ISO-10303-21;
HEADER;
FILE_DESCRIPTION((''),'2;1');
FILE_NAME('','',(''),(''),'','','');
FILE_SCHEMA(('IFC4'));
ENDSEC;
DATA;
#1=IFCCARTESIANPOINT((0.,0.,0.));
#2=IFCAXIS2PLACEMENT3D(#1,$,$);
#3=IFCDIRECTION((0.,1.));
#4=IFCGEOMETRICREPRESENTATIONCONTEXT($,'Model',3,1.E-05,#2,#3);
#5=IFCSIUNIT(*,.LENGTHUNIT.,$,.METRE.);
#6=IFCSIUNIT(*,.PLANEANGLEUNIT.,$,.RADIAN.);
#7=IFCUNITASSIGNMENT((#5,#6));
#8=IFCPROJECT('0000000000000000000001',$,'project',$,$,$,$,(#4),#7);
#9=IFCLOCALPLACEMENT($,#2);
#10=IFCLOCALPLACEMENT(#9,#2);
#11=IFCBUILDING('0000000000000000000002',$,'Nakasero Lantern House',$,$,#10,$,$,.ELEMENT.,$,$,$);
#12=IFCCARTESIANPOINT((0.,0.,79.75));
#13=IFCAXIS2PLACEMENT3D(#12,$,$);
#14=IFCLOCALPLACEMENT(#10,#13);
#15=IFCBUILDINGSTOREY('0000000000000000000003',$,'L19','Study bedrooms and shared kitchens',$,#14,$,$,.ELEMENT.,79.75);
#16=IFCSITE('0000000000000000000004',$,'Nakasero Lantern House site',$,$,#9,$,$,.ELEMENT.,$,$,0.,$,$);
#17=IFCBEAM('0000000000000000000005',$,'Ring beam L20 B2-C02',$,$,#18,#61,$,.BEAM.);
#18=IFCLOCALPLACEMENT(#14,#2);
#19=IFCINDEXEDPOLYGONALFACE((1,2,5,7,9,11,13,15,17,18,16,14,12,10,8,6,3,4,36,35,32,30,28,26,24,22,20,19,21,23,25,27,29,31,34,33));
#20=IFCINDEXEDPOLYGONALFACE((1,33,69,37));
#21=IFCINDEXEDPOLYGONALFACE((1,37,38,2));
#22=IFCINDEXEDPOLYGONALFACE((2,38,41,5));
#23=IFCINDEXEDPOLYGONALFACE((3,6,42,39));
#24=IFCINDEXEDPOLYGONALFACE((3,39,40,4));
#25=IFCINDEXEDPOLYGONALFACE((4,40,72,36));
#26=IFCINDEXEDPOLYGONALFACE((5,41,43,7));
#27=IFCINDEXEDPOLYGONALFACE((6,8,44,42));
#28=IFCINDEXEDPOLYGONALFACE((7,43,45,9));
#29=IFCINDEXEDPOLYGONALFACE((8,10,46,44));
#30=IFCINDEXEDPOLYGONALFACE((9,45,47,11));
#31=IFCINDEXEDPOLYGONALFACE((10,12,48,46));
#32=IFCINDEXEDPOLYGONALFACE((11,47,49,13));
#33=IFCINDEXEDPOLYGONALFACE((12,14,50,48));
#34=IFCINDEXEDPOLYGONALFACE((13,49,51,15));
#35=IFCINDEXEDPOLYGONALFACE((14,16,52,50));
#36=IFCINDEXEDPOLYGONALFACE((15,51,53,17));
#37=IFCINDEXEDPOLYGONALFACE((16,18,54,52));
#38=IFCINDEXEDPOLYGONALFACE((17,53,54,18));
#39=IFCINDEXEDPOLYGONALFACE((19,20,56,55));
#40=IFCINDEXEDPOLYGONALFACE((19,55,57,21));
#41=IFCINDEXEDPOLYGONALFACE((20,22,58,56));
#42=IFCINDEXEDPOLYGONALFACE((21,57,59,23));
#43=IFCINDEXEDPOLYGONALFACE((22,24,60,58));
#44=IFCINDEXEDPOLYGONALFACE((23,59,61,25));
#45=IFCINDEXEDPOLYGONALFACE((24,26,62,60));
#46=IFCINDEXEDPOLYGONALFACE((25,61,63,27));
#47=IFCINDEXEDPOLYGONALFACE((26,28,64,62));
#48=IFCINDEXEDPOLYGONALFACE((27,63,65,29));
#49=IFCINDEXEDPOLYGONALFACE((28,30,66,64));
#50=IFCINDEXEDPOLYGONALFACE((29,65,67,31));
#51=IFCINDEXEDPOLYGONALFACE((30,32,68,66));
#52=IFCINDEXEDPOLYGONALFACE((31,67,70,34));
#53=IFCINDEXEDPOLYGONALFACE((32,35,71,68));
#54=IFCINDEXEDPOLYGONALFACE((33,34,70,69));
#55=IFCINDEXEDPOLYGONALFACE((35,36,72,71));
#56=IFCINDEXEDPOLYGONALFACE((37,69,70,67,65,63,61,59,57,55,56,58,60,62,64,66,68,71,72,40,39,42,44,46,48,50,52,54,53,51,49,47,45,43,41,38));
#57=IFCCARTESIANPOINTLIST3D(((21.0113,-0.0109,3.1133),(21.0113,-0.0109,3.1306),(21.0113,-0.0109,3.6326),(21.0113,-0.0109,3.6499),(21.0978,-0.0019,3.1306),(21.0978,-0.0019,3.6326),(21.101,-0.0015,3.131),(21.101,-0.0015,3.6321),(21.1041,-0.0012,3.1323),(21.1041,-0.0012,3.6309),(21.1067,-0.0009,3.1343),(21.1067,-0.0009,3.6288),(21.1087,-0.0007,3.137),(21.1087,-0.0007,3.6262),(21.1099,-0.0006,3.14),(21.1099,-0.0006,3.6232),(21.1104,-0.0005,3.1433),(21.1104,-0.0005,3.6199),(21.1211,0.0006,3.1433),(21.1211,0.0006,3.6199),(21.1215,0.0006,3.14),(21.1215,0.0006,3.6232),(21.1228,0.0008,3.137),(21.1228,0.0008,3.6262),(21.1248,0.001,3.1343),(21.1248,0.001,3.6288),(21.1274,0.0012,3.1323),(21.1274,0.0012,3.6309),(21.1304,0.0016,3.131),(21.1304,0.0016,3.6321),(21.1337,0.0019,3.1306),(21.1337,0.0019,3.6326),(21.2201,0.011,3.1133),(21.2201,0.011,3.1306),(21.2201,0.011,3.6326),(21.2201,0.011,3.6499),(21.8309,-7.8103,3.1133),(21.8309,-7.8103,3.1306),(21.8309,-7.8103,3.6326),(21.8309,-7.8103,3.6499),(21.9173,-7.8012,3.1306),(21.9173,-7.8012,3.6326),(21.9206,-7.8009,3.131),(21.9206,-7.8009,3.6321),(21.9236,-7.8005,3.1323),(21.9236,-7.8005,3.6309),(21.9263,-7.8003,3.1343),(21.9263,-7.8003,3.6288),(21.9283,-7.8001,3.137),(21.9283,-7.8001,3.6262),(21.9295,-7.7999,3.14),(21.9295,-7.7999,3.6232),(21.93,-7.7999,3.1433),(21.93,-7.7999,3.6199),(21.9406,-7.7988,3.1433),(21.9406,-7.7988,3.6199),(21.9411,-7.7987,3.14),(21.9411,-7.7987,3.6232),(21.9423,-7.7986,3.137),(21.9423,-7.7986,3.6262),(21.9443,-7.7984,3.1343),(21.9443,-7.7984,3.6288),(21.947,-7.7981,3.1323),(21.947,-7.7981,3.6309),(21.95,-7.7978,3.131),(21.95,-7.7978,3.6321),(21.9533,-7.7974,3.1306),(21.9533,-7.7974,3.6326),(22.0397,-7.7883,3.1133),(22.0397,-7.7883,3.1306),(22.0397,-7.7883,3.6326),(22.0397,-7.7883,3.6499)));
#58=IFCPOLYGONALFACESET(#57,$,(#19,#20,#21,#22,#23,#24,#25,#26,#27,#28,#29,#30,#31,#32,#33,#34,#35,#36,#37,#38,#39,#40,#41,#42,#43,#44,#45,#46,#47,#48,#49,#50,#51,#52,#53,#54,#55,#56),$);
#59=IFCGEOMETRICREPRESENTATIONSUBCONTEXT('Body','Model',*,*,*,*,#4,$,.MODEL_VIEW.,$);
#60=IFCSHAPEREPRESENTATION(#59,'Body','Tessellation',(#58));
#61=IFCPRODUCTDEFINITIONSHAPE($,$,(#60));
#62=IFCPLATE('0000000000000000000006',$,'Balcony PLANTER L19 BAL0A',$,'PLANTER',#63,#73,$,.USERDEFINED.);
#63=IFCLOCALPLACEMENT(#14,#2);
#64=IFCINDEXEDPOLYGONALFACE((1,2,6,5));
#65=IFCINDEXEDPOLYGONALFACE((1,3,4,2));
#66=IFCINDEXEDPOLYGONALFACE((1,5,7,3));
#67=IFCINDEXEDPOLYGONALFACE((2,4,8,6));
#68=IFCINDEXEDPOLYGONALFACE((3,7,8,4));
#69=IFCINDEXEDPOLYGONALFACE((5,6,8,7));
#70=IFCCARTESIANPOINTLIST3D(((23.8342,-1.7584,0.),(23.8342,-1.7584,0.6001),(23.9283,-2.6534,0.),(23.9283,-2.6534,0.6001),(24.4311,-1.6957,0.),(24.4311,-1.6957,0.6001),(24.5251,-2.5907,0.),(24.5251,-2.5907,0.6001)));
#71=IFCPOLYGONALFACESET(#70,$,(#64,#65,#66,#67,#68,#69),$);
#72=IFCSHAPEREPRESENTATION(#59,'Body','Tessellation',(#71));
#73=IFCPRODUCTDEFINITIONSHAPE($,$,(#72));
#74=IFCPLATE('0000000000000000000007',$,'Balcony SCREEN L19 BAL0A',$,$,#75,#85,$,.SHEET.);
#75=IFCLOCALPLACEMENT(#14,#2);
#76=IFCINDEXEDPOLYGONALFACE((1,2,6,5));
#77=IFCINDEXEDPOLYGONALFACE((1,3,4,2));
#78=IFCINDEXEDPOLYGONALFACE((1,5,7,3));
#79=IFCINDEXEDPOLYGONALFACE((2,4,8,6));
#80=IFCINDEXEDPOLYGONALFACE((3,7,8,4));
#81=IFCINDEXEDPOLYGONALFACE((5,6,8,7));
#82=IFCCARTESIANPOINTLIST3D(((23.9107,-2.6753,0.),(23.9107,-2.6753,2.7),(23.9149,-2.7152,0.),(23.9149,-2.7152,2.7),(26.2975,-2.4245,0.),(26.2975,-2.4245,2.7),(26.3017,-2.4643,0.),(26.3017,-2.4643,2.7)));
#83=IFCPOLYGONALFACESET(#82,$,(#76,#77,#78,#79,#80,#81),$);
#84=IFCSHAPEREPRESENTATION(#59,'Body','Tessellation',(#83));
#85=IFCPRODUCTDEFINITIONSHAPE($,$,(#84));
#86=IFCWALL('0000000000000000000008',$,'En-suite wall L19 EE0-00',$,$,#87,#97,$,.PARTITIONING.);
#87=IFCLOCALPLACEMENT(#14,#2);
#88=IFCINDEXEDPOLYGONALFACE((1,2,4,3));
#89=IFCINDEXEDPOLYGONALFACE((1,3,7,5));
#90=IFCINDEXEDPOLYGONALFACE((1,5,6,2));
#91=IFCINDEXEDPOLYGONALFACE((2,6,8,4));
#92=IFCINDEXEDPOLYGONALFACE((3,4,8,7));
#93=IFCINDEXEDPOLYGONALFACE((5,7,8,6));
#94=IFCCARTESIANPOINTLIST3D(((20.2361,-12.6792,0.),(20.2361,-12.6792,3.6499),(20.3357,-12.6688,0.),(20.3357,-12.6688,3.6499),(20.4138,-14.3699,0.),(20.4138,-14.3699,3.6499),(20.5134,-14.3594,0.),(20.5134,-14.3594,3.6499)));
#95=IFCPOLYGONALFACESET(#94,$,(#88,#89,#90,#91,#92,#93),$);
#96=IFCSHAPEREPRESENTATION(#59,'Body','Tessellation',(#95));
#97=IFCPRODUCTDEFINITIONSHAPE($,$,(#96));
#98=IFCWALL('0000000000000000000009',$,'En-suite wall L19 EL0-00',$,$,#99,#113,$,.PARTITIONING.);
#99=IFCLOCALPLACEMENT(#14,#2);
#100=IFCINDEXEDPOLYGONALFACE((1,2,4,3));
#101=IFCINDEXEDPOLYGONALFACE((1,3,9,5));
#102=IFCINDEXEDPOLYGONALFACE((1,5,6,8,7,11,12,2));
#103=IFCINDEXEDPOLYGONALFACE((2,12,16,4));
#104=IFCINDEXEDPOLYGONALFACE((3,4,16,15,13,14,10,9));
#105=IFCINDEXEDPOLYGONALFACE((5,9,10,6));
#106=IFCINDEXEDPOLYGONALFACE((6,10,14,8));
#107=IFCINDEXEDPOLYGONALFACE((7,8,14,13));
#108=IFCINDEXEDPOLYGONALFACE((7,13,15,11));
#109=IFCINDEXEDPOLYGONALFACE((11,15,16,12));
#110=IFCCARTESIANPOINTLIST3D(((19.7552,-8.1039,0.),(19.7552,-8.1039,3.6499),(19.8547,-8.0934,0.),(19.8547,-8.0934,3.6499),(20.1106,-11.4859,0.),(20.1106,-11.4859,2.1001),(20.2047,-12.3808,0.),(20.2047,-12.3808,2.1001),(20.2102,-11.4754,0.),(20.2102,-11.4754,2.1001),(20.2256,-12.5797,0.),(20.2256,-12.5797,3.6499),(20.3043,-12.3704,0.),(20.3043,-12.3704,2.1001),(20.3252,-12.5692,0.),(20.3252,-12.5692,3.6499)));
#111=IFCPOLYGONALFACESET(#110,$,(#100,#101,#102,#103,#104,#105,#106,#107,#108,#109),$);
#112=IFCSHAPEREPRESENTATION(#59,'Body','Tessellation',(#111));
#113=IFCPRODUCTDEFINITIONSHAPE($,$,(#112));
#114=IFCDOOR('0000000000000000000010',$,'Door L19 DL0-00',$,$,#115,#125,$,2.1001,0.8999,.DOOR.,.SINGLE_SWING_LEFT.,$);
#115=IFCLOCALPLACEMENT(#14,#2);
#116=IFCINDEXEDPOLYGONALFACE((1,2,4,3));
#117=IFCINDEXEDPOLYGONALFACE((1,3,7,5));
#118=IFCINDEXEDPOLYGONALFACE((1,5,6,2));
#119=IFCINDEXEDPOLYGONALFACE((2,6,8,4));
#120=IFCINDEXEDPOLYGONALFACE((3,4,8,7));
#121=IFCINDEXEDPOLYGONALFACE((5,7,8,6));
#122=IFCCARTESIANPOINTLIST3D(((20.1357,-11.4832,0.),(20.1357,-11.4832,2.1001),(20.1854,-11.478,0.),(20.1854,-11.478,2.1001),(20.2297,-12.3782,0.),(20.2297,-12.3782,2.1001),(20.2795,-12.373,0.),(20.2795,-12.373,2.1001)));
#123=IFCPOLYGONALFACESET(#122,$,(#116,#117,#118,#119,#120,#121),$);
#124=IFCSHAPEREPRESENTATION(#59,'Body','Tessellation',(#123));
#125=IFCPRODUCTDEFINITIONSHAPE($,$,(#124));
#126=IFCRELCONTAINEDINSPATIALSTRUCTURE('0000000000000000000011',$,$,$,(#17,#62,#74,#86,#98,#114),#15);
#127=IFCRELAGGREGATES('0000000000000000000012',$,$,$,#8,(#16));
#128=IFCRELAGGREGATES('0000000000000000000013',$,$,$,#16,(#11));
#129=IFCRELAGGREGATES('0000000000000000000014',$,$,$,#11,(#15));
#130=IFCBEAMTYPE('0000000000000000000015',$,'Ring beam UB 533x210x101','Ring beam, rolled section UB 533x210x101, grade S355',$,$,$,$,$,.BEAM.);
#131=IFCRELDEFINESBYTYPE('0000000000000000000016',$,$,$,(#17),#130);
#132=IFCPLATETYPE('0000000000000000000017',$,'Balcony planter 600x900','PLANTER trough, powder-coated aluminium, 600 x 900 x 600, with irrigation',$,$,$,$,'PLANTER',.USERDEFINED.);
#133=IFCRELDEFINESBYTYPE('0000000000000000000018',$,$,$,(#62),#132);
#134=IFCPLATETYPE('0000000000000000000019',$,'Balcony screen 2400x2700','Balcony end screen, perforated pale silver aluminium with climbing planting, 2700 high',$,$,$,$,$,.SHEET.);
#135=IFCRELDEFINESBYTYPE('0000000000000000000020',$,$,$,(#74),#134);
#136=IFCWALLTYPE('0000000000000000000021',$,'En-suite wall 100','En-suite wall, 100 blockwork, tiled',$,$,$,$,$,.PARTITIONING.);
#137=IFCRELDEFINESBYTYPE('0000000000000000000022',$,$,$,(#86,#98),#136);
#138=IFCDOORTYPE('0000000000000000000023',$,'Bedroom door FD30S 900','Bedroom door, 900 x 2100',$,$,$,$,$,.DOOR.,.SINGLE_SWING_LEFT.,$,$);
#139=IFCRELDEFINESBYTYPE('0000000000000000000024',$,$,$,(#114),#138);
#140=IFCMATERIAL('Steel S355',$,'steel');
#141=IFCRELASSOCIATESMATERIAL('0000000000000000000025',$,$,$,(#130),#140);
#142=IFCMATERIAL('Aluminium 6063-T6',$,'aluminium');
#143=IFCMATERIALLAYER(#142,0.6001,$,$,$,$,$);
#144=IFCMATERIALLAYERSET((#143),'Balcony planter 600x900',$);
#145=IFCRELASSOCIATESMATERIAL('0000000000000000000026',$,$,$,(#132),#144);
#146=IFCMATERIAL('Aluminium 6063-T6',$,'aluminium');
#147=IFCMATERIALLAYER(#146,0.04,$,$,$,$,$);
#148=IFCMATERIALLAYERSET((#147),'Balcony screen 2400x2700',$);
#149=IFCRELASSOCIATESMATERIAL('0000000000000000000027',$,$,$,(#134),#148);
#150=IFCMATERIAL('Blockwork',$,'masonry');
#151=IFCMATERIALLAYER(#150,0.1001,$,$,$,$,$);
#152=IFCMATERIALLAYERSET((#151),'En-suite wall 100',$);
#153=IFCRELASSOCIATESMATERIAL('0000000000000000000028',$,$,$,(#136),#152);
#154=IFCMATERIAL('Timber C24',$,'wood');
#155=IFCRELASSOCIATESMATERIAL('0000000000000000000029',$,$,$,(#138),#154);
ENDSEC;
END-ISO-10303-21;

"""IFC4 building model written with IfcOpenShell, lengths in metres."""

from ifc_helpers import new_model, si_unit, direction, frame, frame_2d, origin, origin_2d, place, context, subcontext, project, spatial, rectangle, i_section, extrude, material, layer, layer_set, material_profile, profile_set, type_object, element, fill, save


model = new_model("IFC4")

# Units and contexts
model_context = context("Model", 3, precision=1e-05, world=origin(), true_north=direction((0.0, 1.0)))
body_context = subcontext(model_context, "Body", "Model", "MODEL_VIEW")
ifc_project = project(units=[si_unit("LENGTHUNIT", "METRE"), si_unit("PLANEANGLEUNIT", "RADIAN")], contexts=[model_context])

# Site, building, storey
site_placement = place(None, origin())
site = spatial("IfcSite", under=ifc_project, at=site_placement, Name="Nakasero Lantern House site", CompositionType="ELEMENT", RefElevation=0.0)
building_placement = place(site_placement, origin())
building = spatial("IfcBuilding", under=site, at=building_placement, Name="Nakasero Lantern House", CompositionType="ELEMENT")
storey_placement = place(building_placement, frame((0.0, 0.0, 79.75)))
storey = spatial("IfcBuildingStorey", under=building, at=storey_placement, Name="L19", Description="Study bedrooms and shared kitchens", CompositionType="ELEMENT", Elevation=79.75)

# Beam
ifc_material_1 = material(Name="Steel S355", Category="steel")
ifc_material_profile_1 = material_profile(ifc_material_1, i_section(OverallWidth=0.21, OverallDepth=0.5366, WebThickness=0.0107, FlangeThickness=0.0173, FilletRadius=0.0127, at=origin_2d()), Name="UB 533x210x101")
ifc_profile_set_1 = profile_set([ifc_material_profile_1], Name="Steel S355")
beam_type_1 = type_object("IfcBeamType", Name="Ring beam UB 533x210x101", Description="Ring beam, rolled section UB 533x210x101, grade S355", PredefinedType="BEAM", material=ifc_profile_set_1)
beam_1_placement = place(storey_placement, frame((21.9353, -7.7993, 3.3816), z_axis=(-0.104508, 0.994524, 0.0), x_axis=(-0.994524, -0.104508, 0.0)))
element("IfcBeam", 1, at=beam_1_placement, inside=storey, type_object=beam_type_1, Name="Ring beam L20 B2-C02", PredefinedType="BEAM", context=body_context, shape_type="SweptSolid", body=[
    extrude(i_section(OverallWidth=0.21, OverallDepth=0.5366, WebThickness=0.0107, FlangeThickness=0.0173, FilletRadius=0.0127, at=origin_2d()), origin(), (0.0, 0.0, 1.0), 7.8423),
])

# Plates
ifc_material_2 = material(Name="Aluminium 6063-T6", Category="aluminium")
ifc_layer_1 = layer(ifc_material_2, 0.6001)
ifc_layer_set_1 = layer_set([ifc_layer_1], Name="Balcony planter 600x900")
plate_type_1 = type_object("IfcPlateType", Name="Balcony planter 600x900", Description="PLANTER trough, powder-coated aluminium, 600 x 900 x 600, with irrigation", ElementType="PLANTER", PredefinedType="USERDEFINED", material=ifc_layer_set_1)
plate_1_placement = place(storey_placement, frame((24.1797, -2.1746, 0.0), z_axis=(0.0, 0.0, 1.0), x_axis=(0.994522, 0.104528, 0.0)))
element("IfcPlate", 2, at=plate_1_placement, inside=storey, type_object=plate_type_1, Name="Balcony PLANTER L19 BAL0A", ObjectType="PLANTER", PredefinedType="USERDEFINED", context=body_context, shape_type="SweptSolid", body=[
    extrude(rectangle(XDim=0.6001, YDim=0.8999, at=origin_2d()), origin(), (0.0, 0.0, 1.0), 0.6001),
])
ifc_material_3 = material(Name="Aluminium 6063-T6", Category="aluminium")
ifc_layer_2 = layer(ifc_material_3, 0.04)
ifc_layer_set_2 = layer_set([ifc_layer_2], Name="Balcony screen 2400x2700")
plate_type_2 = type_object("IfcPlateType", Name="Balcony screen 2400x2700", Description="Balcony end screen, perforated pale silver aluminium with climbing planting, 2700 high", PredefinedType="SHEET", material=ifc_layer_set_2)
plate_2_placement = place(storey_placement, frame((25.1062, -2.5698, 0.0), z_axis=(0.0, 0.0, 1.0), x_axis=(0.994522, 0.104528, 0.0)))
element("IfcPlate", 3, at=plate_2_placement, inside=storey, type_object=plate_type_2, Name="Balcony SCREEN L19 BAL0A", PredefinedType="SHEET", context=body_context, shape_type="SweptSolid", body=[
    extrude(rectangle(XDim=2.3999, YDim=0.04, at=origin_2d()), origin(), (0.0, 0.0, 1.0), 2.7),
])

# Wall
ifc_material_4 = material(Name="Blockwork", Category="masonry")
ifc_layer_3 = layer(ifc_material_4, 0.1001)
ifc_layer_set_3 = layer_set([ifc_layer_3], Name="En-suite wall 100")
wall_type_1 = type_object("IfcWallType", Name="En-suite wall 100", Description="En-suite wall, 100 blockwork, tiled", PredefinedType="PARTITIONING", material=ifc_layer_set_3)
wall_1_placement = place(storey_placement, frame((20.4636, -14.3647, 0.0), z_axis=(0.0, 0.0, 1.0), x_axis=(-0.10455, 0.99452, 0.0)))
element("IfcWall", 4, at=wall_1_placement, inside=storey, type_object=wall_type_1, Name="En-suite wall L19 EE0-00", PredefinedType="PARTITIONING", context=body_context, shape_type="SweptSolid", body=[
    extrude(rectangle(XDim=1.7, YDim=0.1001, at=frame_2d((0.8501, 0.0))), origin(), (0.0, 0.0, 1.0), 3.6499),
])

# Wall, opening, door
wall_2_placement = place(storey_placement, frame((20.2754, -12.5745, 0.0), z_axis=(0.0, 0.0, 1.0), x_axis=(-0.104535, 0.994521, 0.0)))
wall_2 = element("IfcWall", 5, at=wall_2_placement, inside=storey, type_object=wall_type_1, Name="En-suite wall L19 EL0-00", PredefinedType="PARTITIONING", context=body_context, shape_type="SweptSolid", body=[
    extrude(rectangle(XDim=4.5005, YDim=0.1001, at=frame_2d((2.2502, 0.0))), origin(), (0.0, 0.0, 1.0), 3.6499),
])
opening_1_placement = place(wall_2_placement, frame((0.2, 0.0, 0.0)))
opening_1 = element("IfcOpeningElement", 6, at=opening_1_placement, cuts=wall_2, PredefinedType="OPENING", context=body_context, shape_type="SweptSolid", body=[
    extrude(rectangle(XDim=0.8999, YDim=2.1001, at=frame_2d((0.45, 1.05))), frame((0.0, 0.0701, 0.0), z_axis=(0.0, -1.0, 0.0), x_axis=(1.0, 0.0, 0.0)), (0.0, 0.0, 1.0), 0.1401),
])
ifc_material_5 = material(Name="Timber C24", Category="wood")
door_type_1 = type_object("IfcDoorType", Name="Bedroom door FD30S 900", Description="Bedroom door, 900 x 2100", OperationType="SINGLE_SWING_LEFT", PredefinedType="DOOR", material=ifc_material_5)
door_1_placement = place(opening_1_placement, origin())
door_1 = element("IfcDoor", 7, at=door_1_placement, inside=storey, type_object=door_type_1, Name="Door L19 DL0-00", OperationType="SINGLE_SWING_LEFT", OverallHeight=2.1001, OverallWidth=0.8999, PredefinedType="DOOR", context=body_context, shape_type="SweptSolid", body=[
    extrude(rectangle(XDim=0.8999, YDim=2.1001, at=frame_2d((0.45, 1.05))), frame((0.0, 0.0249, 0.0), z_axis=(0.0, -1.0, 0.0), x_axis=(1.0, 0.0, 0.0)), (0.0, 0.0, 1.0), 0.05),
])
fill(opening_1, door_1)

save(model, "model.ifc")
